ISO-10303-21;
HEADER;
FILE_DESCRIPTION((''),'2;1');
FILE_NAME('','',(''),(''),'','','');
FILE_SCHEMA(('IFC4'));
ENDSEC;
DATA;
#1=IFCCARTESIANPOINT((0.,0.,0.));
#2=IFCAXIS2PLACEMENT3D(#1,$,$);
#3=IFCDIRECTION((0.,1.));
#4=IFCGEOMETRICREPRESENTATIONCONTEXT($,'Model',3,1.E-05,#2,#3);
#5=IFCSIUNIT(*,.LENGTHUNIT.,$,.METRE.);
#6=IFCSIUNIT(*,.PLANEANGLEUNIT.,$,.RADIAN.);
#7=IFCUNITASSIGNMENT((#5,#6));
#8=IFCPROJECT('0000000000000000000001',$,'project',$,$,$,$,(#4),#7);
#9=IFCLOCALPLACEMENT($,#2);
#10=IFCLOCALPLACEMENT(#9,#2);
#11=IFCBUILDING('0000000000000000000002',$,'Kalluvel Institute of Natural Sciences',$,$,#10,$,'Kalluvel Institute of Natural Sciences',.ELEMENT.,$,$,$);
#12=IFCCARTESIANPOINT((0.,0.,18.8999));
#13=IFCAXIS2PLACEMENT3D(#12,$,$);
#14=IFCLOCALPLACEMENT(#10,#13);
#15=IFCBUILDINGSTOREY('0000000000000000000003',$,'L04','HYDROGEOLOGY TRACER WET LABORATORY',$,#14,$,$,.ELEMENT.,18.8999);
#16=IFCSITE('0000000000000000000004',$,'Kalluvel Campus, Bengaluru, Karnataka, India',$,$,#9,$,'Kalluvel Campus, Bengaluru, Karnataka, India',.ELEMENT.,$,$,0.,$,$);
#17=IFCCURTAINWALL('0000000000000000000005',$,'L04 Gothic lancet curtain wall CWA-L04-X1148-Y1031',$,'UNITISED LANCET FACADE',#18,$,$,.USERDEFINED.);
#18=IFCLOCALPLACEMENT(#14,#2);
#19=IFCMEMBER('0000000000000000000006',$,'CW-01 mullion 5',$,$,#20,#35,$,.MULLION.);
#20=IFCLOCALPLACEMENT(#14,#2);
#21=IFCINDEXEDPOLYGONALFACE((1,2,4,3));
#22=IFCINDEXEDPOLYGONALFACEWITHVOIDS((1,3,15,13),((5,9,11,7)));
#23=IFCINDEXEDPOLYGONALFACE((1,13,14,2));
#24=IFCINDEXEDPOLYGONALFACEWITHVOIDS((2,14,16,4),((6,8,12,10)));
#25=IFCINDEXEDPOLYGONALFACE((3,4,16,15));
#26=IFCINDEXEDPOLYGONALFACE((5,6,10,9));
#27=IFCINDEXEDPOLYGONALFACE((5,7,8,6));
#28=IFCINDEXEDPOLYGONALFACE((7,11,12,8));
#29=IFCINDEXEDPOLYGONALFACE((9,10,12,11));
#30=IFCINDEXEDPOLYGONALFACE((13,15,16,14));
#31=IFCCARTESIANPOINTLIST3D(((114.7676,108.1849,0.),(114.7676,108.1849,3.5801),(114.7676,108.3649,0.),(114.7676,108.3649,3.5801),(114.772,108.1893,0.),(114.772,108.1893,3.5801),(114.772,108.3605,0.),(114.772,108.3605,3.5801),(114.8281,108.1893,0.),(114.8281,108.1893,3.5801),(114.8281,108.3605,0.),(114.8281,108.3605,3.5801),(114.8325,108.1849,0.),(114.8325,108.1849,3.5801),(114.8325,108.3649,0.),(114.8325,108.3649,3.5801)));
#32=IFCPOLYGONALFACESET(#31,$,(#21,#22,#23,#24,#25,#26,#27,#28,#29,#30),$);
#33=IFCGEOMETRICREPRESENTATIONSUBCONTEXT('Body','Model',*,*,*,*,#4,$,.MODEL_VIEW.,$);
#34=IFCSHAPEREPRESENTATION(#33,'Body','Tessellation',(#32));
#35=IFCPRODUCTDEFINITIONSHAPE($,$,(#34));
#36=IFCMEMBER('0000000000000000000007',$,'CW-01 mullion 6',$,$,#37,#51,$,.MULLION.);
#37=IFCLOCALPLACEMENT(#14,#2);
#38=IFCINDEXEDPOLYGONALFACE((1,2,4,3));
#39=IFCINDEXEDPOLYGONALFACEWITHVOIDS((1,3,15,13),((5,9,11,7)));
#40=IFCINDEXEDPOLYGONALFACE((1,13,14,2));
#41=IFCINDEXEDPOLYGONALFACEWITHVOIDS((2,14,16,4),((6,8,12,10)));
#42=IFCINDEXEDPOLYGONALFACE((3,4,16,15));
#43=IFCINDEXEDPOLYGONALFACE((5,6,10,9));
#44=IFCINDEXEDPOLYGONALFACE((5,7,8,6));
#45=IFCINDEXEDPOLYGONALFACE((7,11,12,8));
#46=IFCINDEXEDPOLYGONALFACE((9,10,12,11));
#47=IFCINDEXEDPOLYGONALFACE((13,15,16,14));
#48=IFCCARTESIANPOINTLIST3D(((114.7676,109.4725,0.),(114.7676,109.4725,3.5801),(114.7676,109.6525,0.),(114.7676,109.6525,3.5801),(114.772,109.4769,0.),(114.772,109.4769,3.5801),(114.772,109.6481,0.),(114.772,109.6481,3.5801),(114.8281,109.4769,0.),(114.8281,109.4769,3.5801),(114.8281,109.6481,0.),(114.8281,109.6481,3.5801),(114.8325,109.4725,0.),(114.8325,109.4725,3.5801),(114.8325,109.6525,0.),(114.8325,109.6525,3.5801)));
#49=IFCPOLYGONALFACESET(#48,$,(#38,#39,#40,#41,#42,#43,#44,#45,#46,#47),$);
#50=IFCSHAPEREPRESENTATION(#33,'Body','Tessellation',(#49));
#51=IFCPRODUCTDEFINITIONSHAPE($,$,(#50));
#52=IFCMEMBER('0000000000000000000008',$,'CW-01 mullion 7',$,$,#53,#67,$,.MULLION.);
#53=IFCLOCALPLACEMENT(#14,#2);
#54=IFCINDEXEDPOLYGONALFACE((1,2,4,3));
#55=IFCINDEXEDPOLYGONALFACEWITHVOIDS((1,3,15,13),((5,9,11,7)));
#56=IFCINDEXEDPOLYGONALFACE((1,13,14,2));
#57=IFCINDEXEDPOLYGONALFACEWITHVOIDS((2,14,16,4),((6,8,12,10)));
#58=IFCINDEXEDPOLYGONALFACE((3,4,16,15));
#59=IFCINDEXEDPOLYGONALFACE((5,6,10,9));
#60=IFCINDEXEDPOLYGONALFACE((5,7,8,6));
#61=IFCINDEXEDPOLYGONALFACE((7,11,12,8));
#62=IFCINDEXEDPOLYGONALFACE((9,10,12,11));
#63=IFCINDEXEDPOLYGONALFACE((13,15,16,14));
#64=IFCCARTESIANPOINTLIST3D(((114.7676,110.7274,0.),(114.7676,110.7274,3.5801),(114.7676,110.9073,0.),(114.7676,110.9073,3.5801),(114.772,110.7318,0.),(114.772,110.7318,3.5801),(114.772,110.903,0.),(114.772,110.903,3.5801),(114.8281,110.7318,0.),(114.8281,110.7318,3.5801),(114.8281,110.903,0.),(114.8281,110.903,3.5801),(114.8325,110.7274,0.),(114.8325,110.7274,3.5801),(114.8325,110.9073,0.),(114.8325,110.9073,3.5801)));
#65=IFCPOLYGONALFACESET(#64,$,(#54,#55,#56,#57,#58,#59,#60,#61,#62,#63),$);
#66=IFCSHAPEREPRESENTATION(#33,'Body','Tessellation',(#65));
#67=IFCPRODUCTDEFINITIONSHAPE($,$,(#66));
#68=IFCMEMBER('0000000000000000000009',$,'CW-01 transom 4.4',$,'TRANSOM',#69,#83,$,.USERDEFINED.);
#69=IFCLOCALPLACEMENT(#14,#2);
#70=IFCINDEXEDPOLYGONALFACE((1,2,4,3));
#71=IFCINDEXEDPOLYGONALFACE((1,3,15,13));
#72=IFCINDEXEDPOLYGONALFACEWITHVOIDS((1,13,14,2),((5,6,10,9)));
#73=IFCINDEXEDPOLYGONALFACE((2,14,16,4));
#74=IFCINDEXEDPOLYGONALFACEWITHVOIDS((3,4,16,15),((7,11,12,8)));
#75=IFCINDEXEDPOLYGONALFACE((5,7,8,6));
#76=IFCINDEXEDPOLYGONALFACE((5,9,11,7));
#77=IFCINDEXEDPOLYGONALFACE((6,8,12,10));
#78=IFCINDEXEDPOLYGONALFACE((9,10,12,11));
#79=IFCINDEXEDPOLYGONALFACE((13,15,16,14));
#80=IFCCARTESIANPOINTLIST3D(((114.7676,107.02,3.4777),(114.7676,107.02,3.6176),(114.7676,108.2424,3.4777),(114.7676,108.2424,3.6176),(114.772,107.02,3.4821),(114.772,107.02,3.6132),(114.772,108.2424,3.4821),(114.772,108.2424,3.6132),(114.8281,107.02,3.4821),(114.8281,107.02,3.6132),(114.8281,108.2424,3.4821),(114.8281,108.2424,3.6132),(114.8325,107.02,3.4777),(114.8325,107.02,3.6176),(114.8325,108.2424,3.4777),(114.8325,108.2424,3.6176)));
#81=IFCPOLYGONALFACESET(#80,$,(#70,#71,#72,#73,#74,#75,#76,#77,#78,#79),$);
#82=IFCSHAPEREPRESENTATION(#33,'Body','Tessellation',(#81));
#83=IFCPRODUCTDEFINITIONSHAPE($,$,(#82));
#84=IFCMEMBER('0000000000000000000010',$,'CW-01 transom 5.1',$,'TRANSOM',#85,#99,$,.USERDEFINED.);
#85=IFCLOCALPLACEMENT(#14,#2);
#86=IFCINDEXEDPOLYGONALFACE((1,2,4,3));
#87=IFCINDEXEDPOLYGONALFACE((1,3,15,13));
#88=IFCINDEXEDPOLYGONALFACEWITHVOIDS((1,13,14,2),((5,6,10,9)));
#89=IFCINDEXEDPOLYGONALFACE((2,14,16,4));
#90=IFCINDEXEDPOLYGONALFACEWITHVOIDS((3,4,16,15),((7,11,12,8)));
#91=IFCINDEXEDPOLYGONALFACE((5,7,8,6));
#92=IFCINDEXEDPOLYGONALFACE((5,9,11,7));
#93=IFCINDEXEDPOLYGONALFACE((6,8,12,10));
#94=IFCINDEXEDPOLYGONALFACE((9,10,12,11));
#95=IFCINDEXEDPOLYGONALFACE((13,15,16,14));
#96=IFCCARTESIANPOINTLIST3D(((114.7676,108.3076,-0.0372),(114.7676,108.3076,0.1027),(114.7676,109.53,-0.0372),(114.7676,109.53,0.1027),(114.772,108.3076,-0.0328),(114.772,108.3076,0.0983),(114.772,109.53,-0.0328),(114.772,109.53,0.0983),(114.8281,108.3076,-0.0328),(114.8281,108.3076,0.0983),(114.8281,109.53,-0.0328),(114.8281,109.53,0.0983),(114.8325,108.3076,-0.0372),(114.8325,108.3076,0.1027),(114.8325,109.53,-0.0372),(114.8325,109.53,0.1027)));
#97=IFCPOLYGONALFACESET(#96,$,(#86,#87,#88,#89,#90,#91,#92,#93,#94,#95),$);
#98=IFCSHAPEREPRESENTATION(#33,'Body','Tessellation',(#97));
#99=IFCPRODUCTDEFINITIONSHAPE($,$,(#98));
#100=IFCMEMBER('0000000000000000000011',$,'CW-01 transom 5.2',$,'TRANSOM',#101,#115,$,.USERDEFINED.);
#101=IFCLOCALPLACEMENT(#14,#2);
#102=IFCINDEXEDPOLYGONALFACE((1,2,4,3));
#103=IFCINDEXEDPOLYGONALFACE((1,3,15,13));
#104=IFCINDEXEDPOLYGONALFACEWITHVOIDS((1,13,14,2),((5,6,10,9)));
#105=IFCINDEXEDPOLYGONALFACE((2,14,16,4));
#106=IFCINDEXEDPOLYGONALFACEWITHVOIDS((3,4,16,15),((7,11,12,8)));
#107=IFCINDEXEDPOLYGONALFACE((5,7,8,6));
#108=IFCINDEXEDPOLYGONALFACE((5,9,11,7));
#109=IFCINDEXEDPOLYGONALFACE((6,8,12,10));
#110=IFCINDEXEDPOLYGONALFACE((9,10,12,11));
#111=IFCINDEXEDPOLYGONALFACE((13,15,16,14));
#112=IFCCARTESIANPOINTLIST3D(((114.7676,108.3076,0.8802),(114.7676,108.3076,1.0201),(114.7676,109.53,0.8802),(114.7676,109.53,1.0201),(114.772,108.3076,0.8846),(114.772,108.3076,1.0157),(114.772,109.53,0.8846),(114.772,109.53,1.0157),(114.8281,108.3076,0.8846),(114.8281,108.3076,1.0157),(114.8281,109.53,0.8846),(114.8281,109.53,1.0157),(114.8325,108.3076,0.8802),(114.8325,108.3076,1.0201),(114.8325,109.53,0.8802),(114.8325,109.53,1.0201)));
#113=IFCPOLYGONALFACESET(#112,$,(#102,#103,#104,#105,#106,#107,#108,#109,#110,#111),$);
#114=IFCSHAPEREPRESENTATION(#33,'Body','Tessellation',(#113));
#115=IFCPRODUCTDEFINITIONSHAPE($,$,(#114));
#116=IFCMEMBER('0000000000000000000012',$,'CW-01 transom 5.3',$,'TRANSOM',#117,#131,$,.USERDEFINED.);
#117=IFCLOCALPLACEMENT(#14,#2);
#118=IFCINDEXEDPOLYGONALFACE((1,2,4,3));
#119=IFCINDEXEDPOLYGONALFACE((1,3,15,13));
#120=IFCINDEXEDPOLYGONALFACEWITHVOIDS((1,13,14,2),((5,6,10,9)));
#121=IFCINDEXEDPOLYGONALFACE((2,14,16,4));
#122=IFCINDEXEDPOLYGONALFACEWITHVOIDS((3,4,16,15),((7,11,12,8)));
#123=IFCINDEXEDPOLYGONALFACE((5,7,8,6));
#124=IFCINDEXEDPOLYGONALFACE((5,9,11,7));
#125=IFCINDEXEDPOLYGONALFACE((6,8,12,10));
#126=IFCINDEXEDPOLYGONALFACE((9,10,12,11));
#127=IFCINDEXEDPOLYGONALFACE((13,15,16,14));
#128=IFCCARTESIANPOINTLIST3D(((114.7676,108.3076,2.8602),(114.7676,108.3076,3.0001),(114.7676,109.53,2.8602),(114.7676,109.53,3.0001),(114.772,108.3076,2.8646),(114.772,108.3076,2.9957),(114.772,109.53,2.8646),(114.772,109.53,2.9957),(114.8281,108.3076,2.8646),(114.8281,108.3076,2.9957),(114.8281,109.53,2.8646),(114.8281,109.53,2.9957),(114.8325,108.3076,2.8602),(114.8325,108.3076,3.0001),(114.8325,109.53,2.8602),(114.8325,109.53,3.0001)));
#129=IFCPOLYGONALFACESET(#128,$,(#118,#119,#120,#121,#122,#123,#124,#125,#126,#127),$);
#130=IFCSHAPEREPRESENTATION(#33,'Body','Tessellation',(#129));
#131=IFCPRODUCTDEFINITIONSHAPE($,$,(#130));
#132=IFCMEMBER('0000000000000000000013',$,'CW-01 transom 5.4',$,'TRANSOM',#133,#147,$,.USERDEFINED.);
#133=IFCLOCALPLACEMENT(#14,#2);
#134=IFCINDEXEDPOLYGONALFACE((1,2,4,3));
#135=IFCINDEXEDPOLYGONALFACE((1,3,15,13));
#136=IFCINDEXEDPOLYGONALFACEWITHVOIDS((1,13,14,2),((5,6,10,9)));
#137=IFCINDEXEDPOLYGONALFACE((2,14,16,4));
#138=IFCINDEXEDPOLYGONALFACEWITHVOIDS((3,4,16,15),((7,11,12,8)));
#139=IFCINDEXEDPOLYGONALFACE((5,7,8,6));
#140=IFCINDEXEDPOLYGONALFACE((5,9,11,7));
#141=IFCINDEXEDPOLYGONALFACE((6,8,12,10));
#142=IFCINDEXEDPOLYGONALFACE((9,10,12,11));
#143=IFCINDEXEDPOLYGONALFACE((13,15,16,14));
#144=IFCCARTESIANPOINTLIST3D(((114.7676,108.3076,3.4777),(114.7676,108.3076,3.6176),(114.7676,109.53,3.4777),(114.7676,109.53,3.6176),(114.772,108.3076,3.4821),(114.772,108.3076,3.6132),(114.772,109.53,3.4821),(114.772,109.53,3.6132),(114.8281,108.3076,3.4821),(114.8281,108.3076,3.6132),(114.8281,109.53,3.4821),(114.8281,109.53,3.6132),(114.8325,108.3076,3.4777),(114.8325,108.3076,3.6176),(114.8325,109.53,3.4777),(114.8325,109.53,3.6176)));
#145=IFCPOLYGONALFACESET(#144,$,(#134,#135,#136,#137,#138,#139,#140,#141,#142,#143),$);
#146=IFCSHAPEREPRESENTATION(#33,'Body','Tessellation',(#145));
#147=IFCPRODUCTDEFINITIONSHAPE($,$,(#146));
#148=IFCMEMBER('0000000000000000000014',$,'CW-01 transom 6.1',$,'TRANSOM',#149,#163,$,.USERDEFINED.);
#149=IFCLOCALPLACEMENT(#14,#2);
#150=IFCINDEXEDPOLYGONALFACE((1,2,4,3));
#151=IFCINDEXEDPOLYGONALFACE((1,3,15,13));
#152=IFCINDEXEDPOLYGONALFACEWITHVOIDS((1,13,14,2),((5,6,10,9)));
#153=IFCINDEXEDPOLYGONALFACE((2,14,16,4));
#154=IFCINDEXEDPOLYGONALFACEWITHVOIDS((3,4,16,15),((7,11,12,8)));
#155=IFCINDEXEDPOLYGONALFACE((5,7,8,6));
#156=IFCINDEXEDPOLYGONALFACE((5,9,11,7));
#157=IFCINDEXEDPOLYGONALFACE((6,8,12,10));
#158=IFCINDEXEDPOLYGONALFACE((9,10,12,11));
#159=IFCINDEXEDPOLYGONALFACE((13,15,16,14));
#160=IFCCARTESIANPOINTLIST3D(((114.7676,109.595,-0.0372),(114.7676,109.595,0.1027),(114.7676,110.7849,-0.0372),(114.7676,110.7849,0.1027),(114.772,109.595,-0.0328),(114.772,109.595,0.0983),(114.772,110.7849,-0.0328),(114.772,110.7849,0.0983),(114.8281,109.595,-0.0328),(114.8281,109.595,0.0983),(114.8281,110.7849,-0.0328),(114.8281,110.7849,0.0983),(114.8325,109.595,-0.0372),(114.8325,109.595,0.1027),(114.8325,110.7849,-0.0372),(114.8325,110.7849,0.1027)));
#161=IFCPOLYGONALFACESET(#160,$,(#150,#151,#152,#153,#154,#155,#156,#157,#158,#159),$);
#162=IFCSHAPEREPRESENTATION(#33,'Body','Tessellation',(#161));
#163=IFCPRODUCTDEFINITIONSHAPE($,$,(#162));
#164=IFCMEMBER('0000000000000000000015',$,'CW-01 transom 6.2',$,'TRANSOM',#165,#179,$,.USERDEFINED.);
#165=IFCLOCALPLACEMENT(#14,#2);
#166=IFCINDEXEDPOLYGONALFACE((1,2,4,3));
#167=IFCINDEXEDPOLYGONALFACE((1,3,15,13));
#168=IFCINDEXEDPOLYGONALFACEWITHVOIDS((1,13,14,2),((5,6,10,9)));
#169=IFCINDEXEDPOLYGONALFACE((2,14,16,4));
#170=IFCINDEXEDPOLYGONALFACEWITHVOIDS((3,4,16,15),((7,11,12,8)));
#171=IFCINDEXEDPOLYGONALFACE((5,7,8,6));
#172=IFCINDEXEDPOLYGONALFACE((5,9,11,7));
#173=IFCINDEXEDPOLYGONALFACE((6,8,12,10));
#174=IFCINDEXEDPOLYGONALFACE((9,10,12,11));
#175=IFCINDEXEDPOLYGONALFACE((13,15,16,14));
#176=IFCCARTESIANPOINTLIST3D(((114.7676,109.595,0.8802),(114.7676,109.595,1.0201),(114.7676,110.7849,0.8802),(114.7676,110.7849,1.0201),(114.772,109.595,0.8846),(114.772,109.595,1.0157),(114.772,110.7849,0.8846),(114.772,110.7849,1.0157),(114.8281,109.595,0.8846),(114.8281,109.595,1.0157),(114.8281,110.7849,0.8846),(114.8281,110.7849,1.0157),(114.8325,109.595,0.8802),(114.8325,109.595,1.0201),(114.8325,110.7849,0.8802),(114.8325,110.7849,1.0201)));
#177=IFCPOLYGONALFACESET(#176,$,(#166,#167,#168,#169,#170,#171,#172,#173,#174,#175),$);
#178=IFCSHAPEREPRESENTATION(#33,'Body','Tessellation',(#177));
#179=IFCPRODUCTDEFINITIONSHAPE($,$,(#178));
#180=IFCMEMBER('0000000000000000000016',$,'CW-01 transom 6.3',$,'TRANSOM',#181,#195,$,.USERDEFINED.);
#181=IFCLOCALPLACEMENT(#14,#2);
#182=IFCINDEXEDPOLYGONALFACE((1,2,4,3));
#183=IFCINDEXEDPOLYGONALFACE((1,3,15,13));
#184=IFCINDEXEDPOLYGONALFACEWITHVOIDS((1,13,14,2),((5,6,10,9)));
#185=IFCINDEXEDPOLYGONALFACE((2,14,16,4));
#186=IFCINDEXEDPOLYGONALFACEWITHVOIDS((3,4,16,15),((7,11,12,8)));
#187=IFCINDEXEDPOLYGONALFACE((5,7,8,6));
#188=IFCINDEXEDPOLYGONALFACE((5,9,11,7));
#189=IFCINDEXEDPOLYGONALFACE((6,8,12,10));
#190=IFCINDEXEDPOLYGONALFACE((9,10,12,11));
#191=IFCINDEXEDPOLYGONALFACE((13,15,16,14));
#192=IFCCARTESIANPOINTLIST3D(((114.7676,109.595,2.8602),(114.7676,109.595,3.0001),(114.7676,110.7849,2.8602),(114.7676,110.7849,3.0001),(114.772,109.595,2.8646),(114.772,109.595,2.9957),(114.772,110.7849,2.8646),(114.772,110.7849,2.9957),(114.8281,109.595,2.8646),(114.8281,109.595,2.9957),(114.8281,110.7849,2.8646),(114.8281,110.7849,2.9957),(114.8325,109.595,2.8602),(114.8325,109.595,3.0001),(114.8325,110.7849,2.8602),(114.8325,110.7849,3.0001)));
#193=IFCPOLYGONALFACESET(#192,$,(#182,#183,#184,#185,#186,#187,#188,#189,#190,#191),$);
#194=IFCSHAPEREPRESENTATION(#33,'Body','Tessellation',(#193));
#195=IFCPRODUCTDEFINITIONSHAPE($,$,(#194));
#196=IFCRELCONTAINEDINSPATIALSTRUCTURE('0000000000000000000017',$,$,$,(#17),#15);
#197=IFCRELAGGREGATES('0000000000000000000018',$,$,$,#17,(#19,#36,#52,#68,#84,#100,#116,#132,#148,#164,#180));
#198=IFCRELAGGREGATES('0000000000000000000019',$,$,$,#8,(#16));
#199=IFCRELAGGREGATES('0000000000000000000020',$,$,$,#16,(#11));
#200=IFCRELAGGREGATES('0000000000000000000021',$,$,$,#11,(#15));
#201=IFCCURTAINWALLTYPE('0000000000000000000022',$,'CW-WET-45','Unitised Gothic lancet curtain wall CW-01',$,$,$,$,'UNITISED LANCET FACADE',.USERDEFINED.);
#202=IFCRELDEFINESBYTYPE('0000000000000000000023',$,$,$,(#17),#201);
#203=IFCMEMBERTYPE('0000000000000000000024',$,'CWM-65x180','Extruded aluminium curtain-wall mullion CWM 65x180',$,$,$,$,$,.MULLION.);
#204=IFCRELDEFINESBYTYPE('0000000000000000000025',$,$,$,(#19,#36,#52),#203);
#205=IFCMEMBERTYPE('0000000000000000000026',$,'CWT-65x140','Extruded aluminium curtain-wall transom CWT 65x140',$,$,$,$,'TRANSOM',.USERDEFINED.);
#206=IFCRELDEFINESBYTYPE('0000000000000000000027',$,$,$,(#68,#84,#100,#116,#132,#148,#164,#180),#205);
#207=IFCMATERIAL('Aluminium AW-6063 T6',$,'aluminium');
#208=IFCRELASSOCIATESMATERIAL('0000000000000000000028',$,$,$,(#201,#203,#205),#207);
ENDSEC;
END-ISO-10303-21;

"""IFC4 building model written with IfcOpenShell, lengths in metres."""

from ifc_helpers import new_model, si_unit, direction, frame, origin, origin_2d, place, context, subcontext, project, spatial, hollow_rectangle, extrude, material, material_profile, profile_set, type_object, element, aggregate, save


model = new_model("IFC4")

# Units and contexts
model_context = context("Model", 3, precision=1e-05, world=origin(), true_north=direction((0.0, 1.0)))
body_context = subcontext(model_context, "Body", "Model", "MODEL_VIEW")
ifc_project = project(units=[si_unit("LENGTHUNIT", "METRE"), si_unit("PLANEANGLEUNIT", "RADIAN")], contexts=[model_context])

# Site, building, storey
site_placement = place(None, origin())
site = spatial("IfcSite", under=ifc_project, at=site_placement, Name="Kalluvel Campus, Bengaluru, Karnataka, India", LongName="Kalluvel Campus, Bengaluru, Karnataka, India", CompositionType="ELEMENT", RefElevation=0.0)
building_placement = place(site_placement, origin())
building = spatial("IfcBuilding", under=site, at=building_placement, Name="Kalluvel Institute of Natural Sciences", LongName="Kalluvel Institute of Natural Sciences", CompositionType="ELEMENT")
storey_placement = place(building_placement, frame((0.0, 0.0, 18.8999)))
storey = spatial("IfcBuildingStorey", under=building, at=storey_placement, Name="L04", Description="HYDROGEOLOGY TRACER WET LABORATORY", CompositionType="ELEMENT", Elevation=18.8999)

# Curtain wall, members
ifc_material_1 = material(Name="Aluminium AW-6063 T6", Category="aluminium")
curtain_wall_type = type_object("IfcCurtainWallType", Name="CW-WET-45", Description="Unitised Gothic lancet curtain wall CW-01", ElementType="UNITISED LANCET FACADE", PredefinedType="USERDEFINED", material=ifc_material_1)
curtain_wall_placement = place(storey_placement, origin())
curtain_wall = element("IfcCurtainWall", 1, at=curtain_wall_placement, inside=storey, type_object=curtain_wall_type, Name="L04 Gothic lancet curtain wall CWA-L04-X1148-Y1031", ObjectType="UNITISED LANCET FACADE", PredefinedType="USERDEFINED")
ifc_material_profile_1 = material_profile(ifc_material_1, hollow_rectangle(XDim=0.0649, YDim=0.1799, WallThickness=0.0044, at=origin_2d()), Name="CWM 65x180")
ifc_profile_set_1 = profile_set([ifc_material_profile_1], Name="Aluminium AW-6063 T6")
member_type_1 = type_object("IfcMemberType", Name="CWM-65x180", Description="Extruded aluminium curtain-wall mullion CWM 65x180", PredefinedType="MULLION", material=ifc_profile_set_1)
member_1_placement = place(storey_placement, frame((114.8, 108.2749, 0.0), z_axis=(0.0, 0.0, 1.0), x_axis=(-1.0, 0.0, 0.0)))
member_1 = element("IfcMember", 2, at=member_1_placement, type_object=member_type_1, Name="CW-01 mullion 5", PredefinedType="MULLION", context=body_context, shape_type="SweptSolid", body=[
    extrude(hollow_rectangle(XDim=0.0649, YDim=0.1799, WallThickness=0.0044, at=origin_2d()), origin(), (0.0, 0.0, 1.0), 3.5801),
])
member_2_placement = place(storey_placement, frame((114.8, 109.5625, 0.0), z_axis=(0.0, 0.0, 1.0), x_axis=(-1.0, 0.0, 0.0)))
member_2 = element("IfcMember", 3, at=member_2_placement, type_object=member_type_1, Name="CW-01 mullion 6", PredefinedType="MULLION", context=body_context, shape_type="SweptSolid", body=[
    extrude(hollow_rectangle(XDim=0.0649, YDim=0.1799, WallThickness=0.0044, at=origin_2d()), origin(), (0.0, 0.0, 1.0), 3.5801),
])
member_3_placement = place(storey_placement, frame((114.8, 110.8174, 0.0), z_axis=(0.0, 0.0, 1.0), x_axis=(-1.0, 0.0, 0.0)))
member_3 = element("IfcMember", 4, at=member_3_placement, type_object=member_type_1, Name="CW-01 mullion 7", PredefinedType="MULLION", context=body_context, shape_type="SweptSolid", body=[
    extrude(hollow_rectangle(XDim=0.0649, YDim=0.1799, WallThickness=0.0044, at=origin_2d()), origin(), (0.0, 0.0, 1.0), 3.5801),
])
ifc_material_profile_2 = material_profile(ifc_material_1, hollow_rectangle(XDim=0.0649, YDim=0.1399, WallThickness=0.0044, at=origin_2d()), Name="CWT 65x140")
ifc_profile_set_2 = profile_set([ifc_material_profile_2], Name="Aluminium AW-6063 T6")
member_type_2 = type_object("IfcMemberType", Name="CWT-65x140", Description="Extruded aluminium curtain-wall transom CWT 65x140", ElementType="TRANSOM", PredefinedType="USERDEFINED", material=ifc_profile_set_2)
member_4_placement = place(storey_placement, frame((114.8, 107.02, 3.5476), z_axis=(0.0, 1.0, 0.0), x_axis=(-1.0, 0.0, 0.0)))
member_4 = element("IfcMember", 5, at=member_4_placement, type_object=member_type_2, Name="CW-01 transom 4.4", ObjectType="TRANSOM", PredefinedType="USERDEFINED", context=body_context, shape_type="SweptSolid", body=[
    extrude(hollow_rectangle(XDim=0.0649, YDim=0.1399, WallThickness=0.0044, at=origin_2d()), origin(), (0.0, 0.0, 1.0), 1.2224),
])
member_5_placement = place(storey_placement, frame((114.8, 108.3076, 0.0327), z_axis=(0.0, 1.0, 0.0), x_axis=(-1.0, 0.0, 0.0)))
member_5 = element("IfcMember", 6, at=member_5_placement, type_object=member_type_2, Name="CW-01 transom 5.1", ObjectType="TRANSOM", PredefinedType="USERDEFINED", context=body_context, shape_type="SweptSolid", body=[
    extrude(hollow_rectangle(XDim=0.0649, YDim=0.1399, WallThickness=0.0044, at=origin_2d()), origin(), (0.0, 0.0, 1.0), 1.2224),
])
member_6_placement = place(storey_placement, frame((114.8, 108.3076, 0.9502), z_axis=(0.0, 1.0, 0.0), x_axis=(-1.0, 0.0, 0.0)))
member_6 = element("IfcMember", 7, at=member_6_placement, type_object=member_type_2, Name="CW-01 transom 5.2", ObjectType="TRANSOM", PredefinedType="USERDEFINED", context=body_context, shape_type="SweptSolid", body=[
    extrude(hollow_rectangle(XDim=0.0649, YDim=0.1399, WallThickness=0.0044, at=origin_2d()), origin(), (0.0, 0.0, 1.0), 1.2224),
])
member_7_placement = place(storey_placement, frame((114.8, 108.3076, 2.9302), z_axis=(0.0, 1.0, 0.0), x_axis=(-1.0, 0.0, 0.0)))
member_7 = element("IfcMember", 8, at=member_7_placement, type_object=member_type_2, Name="CW-01 transom 5.3", ObjectType="TRANSOM", PredefinedType="USERDEFINED", context=body_context, shape_type="SweptSolid", body=[
    extrude(hollow_rectangle(XDim=0.0649, YDim=0.1399, WallThickness=0.0044, at=origin_2d()), origin(), (0.0, 0.0, 1.0), 1.2224),
])
member_8_placement = place(storey_placement, frame((114.8, 108.3076, 3.5476), z_axis=(0.0, 1.0, 0.0), x_axis=(-1.0, 0.0, 0.0)))
member_8 = element("IfcMember", 9, at=member_8_placement, type_object=member_type_2, Name="CW-01 transom 5.4", ObjectType="TRANSOM", PredefinedType="USERDEFINED", context=body_context, shape_type="SweptSolid", body=[
    extrude(hollow_rectangle(XDim=0.0649, YDim=0.1399, WallThickness=0.0044, at=origin_2d()), origin(), (0.0, 0.0, 1.0), 1.2224),
])
member_9_placement = place(storey_placement, frame((114.8, 109.595, 0.0327), z_axis=(0.0, 1.0, 0.0), x_axis=(-1.0, 0.0, 0.0)))
member_9 = element("IfcMember", 10, at=member_9_placement, type_object=member_type_2, Name="CW-01 transom 6.1", ObjectType="TRANSOM", PredefinedType="USERDEFINED", context=body_context, shape_type="SweptSolid", body=[
    extrude(hollow_rectangle(XDim=0.0649, YDim=0.1399, WallThickness=0.0044, at=origin_2d()), origin(), (0.0, 0.0, 1.0), 1.1899),
])
member_10_placement = place(storey_placement, frame((114.8, 109.595, 0.9502), z_axis=(0.0, 1.0, 0.0), x_axis=(-1.0, 0.0, 0.0)))
member_10 = element("IfcMember", 11, at=member_10_placement, type_object=member_type_2, Name="CW-01 transom 6.2", ObjectType="TRANSOM", PredefinedType="USERDEFINED", context=body_context, shape_type="SweptSolid", body=[
    extrude(hollow_rectangle(XDim=0.0649, YDim=0.1399, WallThickness=0.0044, at=origin_2d()), origin(), (0.0, 0.0, 1.0), 1.1899),
])
member_11_placement = place(storey_placement, frame((114.8, 109.595, 2.9302), z_axis=(0.0, 1.0, 0.0), x_axis=(-1.0, 0.0, 0.0)))
member_11 = element("IfcMember", 12, at=member_11_placement, type_object=member_type_2, Name="CW-01 transom 6.3", ObjectType="TRANSOM", PredefinedType="USERDEFINED", context=body_context, shape_type="SweptSolid", body=[
    extrude(hollow_rectangle(XDim=0.0649, YDim=0.1399, WallThickness=0.0044, at=origin_2d()), origin(), (0.0, 0.0, 1.0), 1.1899),
])
aggregate(curtain_wall, [member_1, member_2, member_3, member_4, member_5, member_6, member_7, member_8, member_9, member_10, member_11])

save(model, "model.ifc")
